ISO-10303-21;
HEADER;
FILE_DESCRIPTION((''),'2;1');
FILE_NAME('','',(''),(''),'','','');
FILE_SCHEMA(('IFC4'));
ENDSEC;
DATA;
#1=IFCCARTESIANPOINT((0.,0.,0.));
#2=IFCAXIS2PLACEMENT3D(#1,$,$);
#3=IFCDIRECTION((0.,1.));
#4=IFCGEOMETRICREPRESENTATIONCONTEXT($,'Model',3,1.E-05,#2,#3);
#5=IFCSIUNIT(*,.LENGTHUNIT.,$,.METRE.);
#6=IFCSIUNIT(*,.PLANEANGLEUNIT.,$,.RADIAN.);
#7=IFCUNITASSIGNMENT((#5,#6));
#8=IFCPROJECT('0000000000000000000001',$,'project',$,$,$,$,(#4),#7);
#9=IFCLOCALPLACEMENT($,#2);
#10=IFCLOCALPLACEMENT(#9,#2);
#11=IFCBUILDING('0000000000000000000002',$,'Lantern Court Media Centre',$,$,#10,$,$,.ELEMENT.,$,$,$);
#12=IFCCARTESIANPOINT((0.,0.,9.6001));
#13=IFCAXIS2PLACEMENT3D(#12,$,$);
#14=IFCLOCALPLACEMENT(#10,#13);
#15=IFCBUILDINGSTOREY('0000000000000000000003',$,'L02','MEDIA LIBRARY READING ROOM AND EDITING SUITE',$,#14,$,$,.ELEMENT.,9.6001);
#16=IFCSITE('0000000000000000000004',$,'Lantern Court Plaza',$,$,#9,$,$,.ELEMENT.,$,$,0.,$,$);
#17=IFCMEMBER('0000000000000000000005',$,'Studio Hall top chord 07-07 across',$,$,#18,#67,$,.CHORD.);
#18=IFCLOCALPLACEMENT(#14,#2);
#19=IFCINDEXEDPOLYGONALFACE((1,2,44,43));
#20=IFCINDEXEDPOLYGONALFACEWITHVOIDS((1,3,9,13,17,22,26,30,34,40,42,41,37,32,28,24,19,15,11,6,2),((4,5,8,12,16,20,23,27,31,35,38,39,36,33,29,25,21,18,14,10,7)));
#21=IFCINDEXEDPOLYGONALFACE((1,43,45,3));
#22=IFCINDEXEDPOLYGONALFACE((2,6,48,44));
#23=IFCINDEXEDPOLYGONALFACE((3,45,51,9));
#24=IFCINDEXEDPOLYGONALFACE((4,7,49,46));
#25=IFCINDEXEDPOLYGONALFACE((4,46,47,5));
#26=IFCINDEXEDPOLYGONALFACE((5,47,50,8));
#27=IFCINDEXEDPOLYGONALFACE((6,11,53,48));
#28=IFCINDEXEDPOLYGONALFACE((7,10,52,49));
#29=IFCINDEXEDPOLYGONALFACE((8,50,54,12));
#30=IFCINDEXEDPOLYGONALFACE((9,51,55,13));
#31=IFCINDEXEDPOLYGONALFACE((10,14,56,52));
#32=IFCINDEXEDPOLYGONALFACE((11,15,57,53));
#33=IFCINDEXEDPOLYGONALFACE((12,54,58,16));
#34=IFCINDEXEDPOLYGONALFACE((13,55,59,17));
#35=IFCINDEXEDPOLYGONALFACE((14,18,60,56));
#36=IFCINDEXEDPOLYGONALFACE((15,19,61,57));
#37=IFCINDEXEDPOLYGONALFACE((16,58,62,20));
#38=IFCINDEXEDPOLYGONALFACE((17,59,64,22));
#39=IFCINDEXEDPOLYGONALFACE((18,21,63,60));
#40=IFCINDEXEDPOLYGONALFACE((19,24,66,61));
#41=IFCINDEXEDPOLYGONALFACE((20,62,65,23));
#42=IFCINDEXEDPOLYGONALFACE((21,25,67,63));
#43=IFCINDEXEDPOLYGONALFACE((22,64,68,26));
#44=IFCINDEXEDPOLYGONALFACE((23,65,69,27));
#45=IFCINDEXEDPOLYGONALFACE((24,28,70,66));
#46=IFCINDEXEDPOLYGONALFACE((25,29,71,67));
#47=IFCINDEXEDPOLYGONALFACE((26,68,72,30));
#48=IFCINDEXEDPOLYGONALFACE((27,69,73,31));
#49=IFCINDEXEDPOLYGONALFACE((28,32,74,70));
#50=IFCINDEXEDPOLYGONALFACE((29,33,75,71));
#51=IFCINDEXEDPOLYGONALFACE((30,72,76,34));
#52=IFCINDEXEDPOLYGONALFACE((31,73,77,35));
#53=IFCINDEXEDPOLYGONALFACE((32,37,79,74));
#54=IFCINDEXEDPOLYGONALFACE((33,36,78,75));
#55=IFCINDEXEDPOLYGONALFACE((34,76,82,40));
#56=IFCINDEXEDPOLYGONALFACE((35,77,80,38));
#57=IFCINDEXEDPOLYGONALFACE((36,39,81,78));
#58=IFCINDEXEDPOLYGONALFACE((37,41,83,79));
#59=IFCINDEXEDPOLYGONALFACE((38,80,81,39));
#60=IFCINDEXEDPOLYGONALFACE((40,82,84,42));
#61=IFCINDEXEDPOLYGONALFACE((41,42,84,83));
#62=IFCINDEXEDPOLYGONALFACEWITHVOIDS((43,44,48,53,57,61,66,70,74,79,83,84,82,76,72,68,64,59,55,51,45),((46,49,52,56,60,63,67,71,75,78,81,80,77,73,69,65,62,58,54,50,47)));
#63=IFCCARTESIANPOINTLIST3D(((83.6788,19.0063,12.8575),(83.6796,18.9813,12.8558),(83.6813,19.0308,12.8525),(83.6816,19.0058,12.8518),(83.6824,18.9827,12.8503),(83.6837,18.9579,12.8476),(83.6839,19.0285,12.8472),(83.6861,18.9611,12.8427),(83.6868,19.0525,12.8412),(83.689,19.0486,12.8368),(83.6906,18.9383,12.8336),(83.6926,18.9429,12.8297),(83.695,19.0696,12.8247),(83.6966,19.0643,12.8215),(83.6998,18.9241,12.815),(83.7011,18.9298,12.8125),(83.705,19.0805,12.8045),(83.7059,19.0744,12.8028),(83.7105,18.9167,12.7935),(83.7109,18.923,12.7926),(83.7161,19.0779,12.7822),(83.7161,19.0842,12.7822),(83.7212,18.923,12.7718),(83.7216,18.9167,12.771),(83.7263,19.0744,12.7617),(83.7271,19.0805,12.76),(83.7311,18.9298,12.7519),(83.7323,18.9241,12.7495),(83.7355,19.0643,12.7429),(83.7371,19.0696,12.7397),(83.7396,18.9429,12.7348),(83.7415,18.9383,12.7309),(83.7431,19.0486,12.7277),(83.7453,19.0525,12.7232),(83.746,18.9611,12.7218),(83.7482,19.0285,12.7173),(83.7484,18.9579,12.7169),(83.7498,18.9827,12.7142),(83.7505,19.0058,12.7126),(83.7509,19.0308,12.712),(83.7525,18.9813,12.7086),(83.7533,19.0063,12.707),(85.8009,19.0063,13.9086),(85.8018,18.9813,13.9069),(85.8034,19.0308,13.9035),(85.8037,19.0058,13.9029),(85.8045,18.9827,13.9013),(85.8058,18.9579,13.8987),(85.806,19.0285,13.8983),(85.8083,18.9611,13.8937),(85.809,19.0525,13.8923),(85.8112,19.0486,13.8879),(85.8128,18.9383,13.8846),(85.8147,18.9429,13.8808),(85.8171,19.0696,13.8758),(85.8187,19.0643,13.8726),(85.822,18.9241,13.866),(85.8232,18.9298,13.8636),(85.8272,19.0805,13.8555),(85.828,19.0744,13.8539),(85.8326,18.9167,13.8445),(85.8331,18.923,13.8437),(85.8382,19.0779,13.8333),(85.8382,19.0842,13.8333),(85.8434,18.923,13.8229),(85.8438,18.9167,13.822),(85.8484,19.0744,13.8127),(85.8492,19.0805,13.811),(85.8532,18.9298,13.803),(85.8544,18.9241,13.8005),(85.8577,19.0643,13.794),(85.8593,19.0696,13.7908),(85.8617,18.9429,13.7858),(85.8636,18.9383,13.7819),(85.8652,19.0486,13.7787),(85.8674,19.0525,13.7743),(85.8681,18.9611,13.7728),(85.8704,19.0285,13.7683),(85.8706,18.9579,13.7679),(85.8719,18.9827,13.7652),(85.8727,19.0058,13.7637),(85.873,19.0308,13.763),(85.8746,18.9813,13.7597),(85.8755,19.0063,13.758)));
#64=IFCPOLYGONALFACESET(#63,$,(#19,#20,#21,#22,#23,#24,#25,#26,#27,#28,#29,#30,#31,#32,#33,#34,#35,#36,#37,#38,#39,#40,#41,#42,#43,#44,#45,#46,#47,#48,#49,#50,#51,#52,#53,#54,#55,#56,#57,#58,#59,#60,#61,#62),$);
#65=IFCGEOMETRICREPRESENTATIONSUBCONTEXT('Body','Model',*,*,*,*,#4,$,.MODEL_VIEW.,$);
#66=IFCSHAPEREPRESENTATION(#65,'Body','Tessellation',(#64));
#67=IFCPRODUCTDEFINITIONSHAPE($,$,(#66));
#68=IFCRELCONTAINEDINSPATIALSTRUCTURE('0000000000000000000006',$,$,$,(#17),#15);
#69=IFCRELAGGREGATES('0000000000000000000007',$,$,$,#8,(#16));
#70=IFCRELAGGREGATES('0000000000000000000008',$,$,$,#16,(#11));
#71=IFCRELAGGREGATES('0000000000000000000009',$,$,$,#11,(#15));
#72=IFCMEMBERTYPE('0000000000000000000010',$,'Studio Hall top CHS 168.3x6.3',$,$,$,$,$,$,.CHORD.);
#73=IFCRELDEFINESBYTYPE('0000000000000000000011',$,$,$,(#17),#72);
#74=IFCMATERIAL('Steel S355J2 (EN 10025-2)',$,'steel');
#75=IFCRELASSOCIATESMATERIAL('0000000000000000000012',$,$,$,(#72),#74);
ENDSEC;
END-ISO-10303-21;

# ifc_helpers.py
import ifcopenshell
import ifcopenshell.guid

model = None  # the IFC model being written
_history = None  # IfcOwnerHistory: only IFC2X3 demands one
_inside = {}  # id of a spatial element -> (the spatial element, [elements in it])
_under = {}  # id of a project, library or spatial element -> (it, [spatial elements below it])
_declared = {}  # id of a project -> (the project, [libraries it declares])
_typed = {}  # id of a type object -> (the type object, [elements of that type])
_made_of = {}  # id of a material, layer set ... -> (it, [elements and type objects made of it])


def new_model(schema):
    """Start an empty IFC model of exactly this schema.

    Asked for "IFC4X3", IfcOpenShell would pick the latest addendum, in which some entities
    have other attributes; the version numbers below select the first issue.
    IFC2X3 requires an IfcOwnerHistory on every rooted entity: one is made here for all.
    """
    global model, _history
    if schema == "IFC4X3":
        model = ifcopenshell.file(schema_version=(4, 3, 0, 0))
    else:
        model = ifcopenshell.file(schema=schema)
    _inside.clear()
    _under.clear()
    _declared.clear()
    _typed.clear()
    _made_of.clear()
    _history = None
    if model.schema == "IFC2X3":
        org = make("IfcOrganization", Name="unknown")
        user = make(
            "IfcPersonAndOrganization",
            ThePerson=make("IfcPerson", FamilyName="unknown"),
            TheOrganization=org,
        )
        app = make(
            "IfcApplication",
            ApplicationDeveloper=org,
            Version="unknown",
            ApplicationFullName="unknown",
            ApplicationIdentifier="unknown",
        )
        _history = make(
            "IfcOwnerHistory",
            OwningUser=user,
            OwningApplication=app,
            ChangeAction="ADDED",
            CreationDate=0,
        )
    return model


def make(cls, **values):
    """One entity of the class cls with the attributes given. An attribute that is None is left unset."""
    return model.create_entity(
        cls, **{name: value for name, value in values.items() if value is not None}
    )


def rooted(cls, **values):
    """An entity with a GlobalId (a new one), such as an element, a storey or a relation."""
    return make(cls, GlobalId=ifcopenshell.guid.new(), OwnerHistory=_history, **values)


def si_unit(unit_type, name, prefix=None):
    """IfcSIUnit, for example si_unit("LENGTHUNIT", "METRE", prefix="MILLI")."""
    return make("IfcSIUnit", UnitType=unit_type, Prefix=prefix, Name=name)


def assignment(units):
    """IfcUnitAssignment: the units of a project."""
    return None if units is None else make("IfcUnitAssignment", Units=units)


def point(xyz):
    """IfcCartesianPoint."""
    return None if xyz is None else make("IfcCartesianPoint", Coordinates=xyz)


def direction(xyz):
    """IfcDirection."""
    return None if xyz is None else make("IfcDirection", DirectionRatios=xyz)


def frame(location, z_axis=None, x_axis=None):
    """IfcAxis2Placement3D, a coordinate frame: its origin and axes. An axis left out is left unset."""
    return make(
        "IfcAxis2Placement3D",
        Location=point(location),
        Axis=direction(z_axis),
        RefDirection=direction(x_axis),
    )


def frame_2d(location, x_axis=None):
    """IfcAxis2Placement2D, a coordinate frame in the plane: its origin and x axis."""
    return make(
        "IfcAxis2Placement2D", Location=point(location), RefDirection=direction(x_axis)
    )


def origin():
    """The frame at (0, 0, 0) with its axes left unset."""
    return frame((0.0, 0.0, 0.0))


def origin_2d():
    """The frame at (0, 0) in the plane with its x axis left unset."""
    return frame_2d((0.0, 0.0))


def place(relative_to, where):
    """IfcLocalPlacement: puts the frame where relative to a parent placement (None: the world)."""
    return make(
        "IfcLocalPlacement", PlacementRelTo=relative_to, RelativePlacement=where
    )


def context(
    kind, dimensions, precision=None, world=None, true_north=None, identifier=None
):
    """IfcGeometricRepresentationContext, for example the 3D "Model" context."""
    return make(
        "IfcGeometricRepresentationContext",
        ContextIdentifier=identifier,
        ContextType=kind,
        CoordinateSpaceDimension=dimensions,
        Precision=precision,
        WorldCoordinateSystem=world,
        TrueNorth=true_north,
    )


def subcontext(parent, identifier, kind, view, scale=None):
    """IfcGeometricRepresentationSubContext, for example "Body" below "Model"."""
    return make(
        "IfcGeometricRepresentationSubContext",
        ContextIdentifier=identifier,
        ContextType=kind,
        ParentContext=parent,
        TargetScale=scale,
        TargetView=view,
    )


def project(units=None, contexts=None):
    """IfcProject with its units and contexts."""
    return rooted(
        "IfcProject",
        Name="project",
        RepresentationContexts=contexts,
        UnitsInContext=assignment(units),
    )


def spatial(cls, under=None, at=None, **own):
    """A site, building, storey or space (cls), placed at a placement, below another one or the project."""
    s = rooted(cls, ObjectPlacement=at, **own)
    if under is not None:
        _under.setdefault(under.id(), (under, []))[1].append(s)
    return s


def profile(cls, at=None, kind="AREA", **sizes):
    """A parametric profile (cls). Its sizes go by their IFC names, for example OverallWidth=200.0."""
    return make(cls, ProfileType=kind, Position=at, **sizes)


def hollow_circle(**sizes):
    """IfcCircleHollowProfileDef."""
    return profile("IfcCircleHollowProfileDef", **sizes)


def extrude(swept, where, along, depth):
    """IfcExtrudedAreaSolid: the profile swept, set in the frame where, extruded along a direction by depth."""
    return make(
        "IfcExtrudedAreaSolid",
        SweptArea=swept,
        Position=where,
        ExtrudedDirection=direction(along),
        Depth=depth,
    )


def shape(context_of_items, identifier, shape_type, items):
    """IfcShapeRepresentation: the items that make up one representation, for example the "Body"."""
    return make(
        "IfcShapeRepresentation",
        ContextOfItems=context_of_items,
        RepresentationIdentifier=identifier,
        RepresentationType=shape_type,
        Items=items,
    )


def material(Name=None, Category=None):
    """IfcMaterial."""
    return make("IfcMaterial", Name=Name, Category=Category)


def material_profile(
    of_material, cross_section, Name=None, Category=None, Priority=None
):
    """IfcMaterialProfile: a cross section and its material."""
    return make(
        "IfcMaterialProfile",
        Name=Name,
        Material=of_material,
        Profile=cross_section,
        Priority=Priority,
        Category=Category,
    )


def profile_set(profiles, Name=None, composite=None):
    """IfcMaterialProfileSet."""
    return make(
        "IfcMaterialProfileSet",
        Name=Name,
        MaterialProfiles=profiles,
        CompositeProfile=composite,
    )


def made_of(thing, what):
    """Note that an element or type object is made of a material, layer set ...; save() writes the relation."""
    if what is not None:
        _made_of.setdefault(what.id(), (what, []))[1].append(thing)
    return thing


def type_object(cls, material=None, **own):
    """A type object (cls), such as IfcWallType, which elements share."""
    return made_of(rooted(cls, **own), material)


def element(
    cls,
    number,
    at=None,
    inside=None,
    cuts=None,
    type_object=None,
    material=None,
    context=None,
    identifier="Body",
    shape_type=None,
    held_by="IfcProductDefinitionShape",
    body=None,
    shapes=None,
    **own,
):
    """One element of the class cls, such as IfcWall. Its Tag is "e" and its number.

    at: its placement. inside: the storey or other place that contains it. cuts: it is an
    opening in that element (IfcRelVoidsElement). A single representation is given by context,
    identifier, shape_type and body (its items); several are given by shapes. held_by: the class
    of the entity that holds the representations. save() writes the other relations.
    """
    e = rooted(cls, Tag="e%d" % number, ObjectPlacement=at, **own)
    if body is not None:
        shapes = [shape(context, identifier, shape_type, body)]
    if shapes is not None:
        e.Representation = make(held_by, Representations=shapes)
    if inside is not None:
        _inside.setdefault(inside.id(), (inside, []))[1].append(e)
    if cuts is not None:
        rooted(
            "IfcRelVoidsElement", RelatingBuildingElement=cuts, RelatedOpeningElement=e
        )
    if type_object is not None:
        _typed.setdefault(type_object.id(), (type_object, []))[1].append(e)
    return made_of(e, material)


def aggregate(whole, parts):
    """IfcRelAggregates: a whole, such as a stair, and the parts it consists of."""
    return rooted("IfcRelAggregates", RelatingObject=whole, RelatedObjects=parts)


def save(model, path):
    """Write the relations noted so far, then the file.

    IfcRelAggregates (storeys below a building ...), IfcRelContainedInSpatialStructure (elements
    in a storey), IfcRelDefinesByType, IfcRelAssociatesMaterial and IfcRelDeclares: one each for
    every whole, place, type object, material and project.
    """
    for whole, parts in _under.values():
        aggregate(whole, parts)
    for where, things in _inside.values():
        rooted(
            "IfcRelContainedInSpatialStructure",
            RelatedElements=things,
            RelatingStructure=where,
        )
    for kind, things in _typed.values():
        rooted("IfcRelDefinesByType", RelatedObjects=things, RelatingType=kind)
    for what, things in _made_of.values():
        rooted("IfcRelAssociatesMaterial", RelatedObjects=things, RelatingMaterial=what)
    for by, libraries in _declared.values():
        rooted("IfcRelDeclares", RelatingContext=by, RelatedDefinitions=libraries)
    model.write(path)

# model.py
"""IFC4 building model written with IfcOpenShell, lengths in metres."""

from ifc_helpers import new_model, si_unit, direction, frame, origin, origin_2d, place, context, subcontext, project, spatial, hollow_circle, extrude, material, material_profile, profile_set, type_object, element, save


model = new_model("IFC4")

# Units and contexts
model_context = context("Model", 3, precision=1e-05, world=origin(), true_north=direction((0.0, 1.0)))
body_context = subcontext(model_context, "Body", "Model", "MODEL_VIEW")
ifc_project = project(units=[si_unit("LENGTHUNIT", "METRE"), si_unit("PLANEANGLEUNIT", "RADIAN")], contexts=[model_context])

# Site, building, storey
site_placement = place(None, origin())
site = spatial("IfcSite", under=ifc_project, at=site_placement, Name="Lantern Court Plaza", CompositionType="ELEMENT", RefElevation=0.0)
building_placement = place(site_placement, origin())
building = spatial("IfcBuilding", under=site, at=building_placement, Name="Lantern Court Media Centre", CompositionType="ELEMENT")
storey_placement = place(building_placement, frame((0.0, 0.0, 9.6001)))
storey = spatial("IfcBuildingStorey", under=building, at=storey_placement, Name="L02", Description="MEDIA LIBRARY READING ROOM AND EDITING SUITE", CompositionType="ELEMENT", Elevation=9.6001)

# Member
ifc_material = material(Name="Steel S355J2 (EN 10025-2)", Category="steel")
ifc_material_profile_1 = material_profile(ifc_material, hollow_circle(Radius=0.0842, WallThickness=0.0063, at=origin_2d()), Name="Studio Hall top CHS 168.3x6.3")
ifc_profile_set_1 = profile_set([ifc_material_profile_1], Name="Steel S355J2 (EN 10025-2)")
member_type_1 = type_object("IfcMemberType", Name="Studio Hall top CHS 168.3x6.3", PredefinedType="CHORD", material=ifc_profile_set_1)
member_1_placement = place(storey_placement, frame((83.7161, 19.0, 12.7822), z_axis=(0.896112, 0.0, 0.443829), x_axis=(0.0, 1.0, 0.0)))
element("IfcMember", 1, at=member_1_placement, inside=storey, type_object=member_type_1, Name="Studio Hall top chord 07-07 across", PredefinedType="CHORD", context=body_context, shape_type="SweptSolid", body=[
    extrude(hollow_circle(Radius=0.0842, WallThickness=0.0063, at=origin_2d()), origin(), (0.0, 0.0, 1.0), 2.3682),
])

save(model, "model.ifc")
